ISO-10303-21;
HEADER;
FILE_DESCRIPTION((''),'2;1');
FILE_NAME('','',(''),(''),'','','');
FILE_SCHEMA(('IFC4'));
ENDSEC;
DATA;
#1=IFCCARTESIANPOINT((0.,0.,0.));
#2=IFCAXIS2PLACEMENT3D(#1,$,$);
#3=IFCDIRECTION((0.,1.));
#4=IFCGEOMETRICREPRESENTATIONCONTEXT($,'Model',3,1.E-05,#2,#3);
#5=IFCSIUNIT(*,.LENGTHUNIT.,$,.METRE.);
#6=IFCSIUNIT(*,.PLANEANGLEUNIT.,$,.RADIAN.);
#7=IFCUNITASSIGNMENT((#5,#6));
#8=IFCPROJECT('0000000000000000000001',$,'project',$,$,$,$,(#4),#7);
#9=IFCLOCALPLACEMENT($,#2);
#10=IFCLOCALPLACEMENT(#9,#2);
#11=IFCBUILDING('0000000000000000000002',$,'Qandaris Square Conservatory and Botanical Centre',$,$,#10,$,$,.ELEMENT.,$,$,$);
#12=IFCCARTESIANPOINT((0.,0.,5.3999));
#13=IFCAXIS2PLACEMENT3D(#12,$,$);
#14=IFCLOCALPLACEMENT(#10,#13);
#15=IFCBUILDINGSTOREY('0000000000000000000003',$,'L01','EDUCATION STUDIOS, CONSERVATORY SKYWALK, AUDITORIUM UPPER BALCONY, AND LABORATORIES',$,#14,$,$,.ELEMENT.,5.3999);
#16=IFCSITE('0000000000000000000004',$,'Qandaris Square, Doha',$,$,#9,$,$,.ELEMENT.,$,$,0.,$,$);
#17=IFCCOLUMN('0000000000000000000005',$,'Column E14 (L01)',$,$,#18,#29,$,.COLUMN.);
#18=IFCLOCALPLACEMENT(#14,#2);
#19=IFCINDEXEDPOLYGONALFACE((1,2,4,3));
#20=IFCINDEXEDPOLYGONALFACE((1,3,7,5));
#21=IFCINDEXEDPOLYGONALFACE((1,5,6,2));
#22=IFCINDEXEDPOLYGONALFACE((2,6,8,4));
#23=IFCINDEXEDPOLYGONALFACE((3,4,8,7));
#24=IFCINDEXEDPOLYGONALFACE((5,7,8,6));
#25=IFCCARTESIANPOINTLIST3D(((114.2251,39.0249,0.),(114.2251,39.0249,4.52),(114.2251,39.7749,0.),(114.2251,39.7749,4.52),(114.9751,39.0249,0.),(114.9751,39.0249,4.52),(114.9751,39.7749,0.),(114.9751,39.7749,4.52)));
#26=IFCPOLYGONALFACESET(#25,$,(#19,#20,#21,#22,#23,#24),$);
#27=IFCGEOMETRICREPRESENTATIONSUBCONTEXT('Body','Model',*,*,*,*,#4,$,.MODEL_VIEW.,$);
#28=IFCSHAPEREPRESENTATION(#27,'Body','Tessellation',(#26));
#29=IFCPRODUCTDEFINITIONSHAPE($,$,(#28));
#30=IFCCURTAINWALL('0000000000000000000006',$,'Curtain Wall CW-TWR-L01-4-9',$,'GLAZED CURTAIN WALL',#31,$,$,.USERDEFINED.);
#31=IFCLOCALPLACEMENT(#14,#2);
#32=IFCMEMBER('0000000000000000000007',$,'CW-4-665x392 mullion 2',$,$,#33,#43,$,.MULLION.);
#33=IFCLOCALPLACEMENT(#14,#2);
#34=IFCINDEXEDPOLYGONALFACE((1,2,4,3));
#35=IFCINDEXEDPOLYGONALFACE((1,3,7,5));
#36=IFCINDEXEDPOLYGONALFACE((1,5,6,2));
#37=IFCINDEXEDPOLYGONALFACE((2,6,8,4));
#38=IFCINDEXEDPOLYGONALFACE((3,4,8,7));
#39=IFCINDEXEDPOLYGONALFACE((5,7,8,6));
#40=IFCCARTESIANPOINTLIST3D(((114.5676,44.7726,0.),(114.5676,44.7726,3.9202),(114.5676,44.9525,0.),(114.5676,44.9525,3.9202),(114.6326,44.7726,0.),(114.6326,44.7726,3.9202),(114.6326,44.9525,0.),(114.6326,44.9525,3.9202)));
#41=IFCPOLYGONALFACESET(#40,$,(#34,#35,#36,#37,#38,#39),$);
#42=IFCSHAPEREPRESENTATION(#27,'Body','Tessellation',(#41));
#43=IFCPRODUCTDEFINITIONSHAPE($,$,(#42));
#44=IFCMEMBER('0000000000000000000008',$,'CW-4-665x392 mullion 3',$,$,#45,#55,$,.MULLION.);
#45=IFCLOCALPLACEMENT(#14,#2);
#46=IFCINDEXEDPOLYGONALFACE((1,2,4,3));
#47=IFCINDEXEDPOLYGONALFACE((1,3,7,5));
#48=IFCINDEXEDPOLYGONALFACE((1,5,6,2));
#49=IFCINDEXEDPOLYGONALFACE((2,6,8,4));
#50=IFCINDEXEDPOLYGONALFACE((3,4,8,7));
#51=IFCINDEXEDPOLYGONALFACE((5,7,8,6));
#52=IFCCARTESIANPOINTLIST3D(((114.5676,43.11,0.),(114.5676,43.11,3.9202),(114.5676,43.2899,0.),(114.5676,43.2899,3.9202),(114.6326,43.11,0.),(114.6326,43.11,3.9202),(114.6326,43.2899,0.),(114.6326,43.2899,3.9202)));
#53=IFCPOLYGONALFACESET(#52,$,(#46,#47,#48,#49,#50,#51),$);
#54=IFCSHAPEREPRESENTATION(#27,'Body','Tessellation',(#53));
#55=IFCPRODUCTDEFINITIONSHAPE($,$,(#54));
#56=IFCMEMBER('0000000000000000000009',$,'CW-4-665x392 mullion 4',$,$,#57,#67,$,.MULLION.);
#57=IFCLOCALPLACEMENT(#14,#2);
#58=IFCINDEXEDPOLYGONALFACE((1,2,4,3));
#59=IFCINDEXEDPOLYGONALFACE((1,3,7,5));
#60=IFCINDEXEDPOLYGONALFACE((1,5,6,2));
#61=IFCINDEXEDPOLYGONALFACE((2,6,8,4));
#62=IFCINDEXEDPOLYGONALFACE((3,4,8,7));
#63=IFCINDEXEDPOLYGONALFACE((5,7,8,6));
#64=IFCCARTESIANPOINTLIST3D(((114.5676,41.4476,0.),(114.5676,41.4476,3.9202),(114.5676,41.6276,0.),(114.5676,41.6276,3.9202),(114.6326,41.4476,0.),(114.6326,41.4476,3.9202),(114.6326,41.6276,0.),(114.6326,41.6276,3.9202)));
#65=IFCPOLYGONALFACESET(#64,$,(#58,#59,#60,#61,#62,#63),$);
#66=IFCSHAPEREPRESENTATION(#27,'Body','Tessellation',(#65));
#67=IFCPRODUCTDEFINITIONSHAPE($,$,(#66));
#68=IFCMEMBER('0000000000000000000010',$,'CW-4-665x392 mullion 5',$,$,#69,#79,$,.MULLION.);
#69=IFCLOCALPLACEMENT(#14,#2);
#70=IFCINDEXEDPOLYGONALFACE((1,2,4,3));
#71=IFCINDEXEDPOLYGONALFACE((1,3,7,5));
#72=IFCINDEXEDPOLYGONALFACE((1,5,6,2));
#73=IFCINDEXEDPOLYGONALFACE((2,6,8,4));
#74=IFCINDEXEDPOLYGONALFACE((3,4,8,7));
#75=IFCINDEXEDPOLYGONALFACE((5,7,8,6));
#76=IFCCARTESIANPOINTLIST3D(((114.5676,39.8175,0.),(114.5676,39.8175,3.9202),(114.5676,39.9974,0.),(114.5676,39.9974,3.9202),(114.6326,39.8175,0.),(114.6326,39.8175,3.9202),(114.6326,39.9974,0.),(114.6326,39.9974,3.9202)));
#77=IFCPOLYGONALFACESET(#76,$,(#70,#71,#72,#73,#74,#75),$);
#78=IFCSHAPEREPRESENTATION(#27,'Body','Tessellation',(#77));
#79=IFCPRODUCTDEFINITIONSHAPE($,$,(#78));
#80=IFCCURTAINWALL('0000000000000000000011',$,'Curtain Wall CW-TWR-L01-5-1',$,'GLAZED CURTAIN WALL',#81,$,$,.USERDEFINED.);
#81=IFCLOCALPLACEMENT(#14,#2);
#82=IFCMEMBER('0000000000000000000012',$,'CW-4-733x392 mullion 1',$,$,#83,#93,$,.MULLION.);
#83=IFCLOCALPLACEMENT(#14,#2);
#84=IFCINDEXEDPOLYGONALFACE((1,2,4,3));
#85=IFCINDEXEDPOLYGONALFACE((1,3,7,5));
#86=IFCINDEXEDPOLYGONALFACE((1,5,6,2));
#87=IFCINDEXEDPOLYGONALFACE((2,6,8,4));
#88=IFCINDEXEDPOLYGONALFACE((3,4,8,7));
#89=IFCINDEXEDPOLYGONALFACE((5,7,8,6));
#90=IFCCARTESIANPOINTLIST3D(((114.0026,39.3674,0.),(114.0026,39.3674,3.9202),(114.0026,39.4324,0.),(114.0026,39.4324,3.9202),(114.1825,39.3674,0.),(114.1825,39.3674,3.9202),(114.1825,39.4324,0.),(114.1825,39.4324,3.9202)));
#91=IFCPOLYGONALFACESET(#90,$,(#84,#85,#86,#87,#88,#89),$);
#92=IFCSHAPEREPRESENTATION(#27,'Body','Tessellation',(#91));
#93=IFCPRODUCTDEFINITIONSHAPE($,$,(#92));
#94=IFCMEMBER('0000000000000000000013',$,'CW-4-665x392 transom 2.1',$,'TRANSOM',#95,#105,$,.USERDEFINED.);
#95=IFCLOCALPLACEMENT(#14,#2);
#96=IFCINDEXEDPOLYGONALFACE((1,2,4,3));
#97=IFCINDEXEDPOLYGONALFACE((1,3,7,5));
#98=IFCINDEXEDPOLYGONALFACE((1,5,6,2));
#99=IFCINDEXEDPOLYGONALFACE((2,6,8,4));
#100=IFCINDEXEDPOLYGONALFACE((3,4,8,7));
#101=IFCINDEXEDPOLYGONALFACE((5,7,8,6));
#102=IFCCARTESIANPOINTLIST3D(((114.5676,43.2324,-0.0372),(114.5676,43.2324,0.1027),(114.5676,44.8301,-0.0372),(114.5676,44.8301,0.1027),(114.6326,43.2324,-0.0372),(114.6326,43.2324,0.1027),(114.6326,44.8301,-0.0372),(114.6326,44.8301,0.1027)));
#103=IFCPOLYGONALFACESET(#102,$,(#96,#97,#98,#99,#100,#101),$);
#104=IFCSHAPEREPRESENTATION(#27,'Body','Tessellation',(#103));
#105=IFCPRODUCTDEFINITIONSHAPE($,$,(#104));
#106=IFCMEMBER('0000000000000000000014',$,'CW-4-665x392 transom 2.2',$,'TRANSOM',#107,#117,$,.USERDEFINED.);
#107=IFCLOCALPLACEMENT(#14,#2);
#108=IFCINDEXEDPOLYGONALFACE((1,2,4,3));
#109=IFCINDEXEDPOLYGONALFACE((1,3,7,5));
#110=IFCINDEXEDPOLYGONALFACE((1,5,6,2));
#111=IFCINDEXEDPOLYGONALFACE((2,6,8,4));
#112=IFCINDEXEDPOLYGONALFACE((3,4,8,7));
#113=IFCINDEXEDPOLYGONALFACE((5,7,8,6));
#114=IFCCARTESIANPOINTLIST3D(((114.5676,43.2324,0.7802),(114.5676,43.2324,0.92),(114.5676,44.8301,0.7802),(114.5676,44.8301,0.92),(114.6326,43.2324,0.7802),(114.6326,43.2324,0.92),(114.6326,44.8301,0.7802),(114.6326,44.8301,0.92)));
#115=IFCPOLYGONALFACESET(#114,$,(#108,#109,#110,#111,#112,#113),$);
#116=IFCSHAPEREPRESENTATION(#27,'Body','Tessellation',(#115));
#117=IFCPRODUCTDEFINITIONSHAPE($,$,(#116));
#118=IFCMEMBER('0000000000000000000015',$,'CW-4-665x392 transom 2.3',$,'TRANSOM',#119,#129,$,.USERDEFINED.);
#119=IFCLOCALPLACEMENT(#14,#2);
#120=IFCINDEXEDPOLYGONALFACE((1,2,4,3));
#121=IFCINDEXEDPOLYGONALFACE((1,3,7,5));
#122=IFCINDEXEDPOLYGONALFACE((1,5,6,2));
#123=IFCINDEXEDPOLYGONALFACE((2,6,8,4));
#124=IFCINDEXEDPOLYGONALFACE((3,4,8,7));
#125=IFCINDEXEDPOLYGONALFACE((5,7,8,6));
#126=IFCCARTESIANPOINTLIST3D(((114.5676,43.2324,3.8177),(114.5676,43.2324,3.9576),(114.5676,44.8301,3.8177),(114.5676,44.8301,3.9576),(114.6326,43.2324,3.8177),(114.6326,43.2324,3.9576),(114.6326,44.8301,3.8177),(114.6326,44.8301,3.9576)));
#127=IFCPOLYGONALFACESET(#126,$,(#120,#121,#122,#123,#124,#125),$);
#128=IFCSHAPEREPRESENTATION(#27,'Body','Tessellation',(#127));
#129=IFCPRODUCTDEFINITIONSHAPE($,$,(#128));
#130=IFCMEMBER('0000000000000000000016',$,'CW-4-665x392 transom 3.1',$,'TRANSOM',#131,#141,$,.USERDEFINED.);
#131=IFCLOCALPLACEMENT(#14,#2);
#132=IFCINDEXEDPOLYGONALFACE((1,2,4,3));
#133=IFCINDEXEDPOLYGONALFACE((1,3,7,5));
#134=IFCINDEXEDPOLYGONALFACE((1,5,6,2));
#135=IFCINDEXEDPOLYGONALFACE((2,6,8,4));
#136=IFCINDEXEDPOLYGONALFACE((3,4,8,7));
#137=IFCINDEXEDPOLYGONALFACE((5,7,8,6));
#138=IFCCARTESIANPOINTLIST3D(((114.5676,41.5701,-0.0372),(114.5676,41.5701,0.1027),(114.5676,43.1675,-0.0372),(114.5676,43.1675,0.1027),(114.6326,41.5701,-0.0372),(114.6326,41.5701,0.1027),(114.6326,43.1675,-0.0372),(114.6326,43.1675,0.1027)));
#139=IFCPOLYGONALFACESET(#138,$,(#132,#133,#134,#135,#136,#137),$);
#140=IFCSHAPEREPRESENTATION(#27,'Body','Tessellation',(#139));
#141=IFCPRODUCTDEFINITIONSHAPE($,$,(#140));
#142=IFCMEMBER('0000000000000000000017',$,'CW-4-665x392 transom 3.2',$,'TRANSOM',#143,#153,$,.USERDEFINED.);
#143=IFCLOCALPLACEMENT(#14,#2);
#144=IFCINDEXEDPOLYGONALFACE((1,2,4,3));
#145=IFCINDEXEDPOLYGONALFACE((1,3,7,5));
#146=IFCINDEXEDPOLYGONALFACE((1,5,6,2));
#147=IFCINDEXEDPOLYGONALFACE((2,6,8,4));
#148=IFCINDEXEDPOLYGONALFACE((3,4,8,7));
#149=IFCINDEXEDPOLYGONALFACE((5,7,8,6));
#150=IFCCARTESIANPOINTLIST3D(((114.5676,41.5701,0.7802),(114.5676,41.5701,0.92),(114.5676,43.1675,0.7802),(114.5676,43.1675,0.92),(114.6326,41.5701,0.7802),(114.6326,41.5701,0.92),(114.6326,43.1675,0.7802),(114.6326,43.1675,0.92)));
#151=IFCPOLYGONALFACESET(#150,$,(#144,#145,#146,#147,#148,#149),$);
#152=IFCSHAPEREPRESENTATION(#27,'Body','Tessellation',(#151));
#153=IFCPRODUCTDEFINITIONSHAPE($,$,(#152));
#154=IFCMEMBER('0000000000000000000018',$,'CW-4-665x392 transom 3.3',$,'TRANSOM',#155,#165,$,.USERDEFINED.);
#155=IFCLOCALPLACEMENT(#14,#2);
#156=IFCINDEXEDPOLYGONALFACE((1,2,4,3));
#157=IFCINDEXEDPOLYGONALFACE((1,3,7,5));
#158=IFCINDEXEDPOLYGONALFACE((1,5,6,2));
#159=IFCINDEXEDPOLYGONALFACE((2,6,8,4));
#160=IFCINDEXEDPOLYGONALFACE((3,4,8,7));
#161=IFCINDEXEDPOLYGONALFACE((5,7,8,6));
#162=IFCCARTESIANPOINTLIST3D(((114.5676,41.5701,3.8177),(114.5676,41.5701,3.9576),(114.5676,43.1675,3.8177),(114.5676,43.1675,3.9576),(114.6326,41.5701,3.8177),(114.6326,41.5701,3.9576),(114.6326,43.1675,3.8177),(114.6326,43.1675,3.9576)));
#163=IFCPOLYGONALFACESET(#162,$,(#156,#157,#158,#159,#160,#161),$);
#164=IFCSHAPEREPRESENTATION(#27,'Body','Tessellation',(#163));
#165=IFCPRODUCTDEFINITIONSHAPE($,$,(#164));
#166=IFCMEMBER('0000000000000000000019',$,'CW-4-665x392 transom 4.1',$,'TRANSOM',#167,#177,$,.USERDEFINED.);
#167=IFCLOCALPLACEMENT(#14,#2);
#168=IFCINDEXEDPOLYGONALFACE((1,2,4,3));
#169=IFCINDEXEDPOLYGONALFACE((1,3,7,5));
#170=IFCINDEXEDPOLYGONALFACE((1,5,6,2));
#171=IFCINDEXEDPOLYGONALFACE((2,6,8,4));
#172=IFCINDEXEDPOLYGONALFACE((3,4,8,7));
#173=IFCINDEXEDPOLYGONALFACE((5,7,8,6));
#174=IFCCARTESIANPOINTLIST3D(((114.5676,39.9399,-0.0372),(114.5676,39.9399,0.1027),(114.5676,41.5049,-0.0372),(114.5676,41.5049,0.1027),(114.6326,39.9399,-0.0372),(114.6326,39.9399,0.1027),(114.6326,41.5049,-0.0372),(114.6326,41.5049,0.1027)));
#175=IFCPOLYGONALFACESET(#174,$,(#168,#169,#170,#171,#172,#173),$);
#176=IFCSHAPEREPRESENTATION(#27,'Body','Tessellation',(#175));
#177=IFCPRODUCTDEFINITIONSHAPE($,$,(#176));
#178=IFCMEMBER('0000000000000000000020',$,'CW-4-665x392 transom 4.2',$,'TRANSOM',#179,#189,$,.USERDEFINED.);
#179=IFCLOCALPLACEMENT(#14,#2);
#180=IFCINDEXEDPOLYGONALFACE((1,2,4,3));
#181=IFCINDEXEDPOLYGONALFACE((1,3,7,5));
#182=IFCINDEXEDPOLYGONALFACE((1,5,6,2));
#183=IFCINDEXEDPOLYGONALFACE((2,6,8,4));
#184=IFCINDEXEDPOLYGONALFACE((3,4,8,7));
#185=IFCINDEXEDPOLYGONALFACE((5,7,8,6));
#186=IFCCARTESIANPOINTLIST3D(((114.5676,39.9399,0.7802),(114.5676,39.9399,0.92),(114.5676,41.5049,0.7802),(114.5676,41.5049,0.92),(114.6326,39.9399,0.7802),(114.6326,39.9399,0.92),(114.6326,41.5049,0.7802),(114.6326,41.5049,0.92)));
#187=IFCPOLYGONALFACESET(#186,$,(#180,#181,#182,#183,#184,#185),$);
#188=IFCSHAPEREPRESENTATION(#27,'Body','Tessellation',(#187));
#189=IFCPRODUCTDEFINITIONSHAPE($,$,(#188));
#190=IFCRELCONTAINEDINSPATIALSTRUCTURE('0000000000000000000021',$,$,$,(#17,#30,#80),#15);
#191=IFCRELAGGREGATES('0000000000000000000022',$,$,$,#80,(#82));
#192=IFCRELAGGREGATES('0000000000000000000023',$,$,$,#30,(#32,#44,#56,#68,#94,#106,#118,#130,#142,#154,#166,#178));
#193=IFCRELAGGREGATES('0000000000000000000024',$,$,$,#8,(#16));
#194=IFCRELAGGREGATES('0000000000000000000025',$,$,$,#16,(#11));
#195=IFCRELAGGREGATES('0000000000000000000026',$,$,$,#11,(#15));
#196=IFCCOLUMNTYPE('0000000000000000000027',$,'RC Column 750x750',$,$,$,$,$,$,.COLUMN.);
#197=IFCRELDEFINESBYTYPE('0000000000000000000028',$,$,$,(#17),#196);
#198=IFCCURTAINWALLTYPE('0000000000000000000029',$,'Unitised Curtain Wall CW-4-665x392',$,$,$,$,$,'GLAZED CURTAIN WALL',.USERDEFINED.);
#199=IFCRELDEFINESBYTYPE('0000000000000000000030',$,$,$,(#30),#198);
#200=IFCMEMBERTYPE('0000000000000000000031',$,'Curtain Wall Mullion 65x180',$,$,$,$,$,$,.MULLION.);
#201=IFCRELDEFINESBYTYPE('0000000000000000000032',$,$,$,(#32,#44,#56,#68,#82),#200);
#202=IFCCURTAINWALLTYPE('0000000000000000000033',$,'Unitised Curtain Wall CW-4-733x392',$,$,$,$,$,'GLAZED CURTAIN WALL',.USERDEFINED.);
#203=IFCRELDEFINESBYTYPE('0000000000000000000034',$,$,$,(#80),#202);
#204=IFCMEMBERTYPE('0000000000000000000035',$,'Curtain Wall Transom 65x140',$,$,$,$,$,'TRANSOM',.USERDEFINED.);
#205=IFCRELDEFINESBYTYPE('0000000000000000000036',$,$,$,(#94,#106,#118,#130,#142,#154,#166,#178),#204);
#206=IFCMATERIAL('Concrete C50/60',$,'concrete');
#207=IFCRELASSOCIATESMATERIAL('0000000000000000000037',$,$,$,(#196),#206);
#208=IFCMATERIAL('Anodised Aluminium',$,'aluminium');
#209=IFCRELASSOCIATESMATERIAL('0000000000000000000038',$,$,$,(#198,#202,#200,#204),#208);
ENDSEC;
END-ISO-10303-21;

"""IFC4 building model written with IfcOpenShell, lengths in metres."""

from ifc_helpers import new_model, si_unit, direction, frame, origin, origin_2d, place, context, subcontext, project, spatial, rectangle, extrude, material, material_profile, profile_set, type_object, element, aggregate, save


model = new_model("IFC4")

# Units and contexts
model_context = context("Model", 3, precision=1e-05, world=origin(), true_north=direction((0.0, 1.0)))
body_context = subcontext(model_context, "Body", "Model", "MODEL_VIEW")
ifc_project = project(units=[si_unit("LENGTHUNIT", "METRE"), si_unit("PLANEANGLEUNIT", "RADIAN")], contexts=[model_context])

# Site, building, storey
site_placement = place(None, origin())
site = spatial("IfcSite", under=ifc_project, at=site_placement, Name="Qandaris Square, Doha", CompositionType="ELEMENT", RefElevation=0.0)
building_placement = place(site_placement, origin())
building = spatial("IfcBuilding", under=site, at=building_placement, Name="Qandaris Square Conservatory and Botanical Centre", CompositionType="ELEMENT")
storey_placement = place(building_placement, frame((0.0, 0.0, 5.3999)))
storey = spatial("IfcBuildingStorey", under=building, at=storey_placement, Name="L01", Description="EDUCATION STUDIOS, CONSERVATORY SKYWALK, AUDITORIUM UPPER BALCONY, AND LABORATORIES", CompositionType="ELEMENT", Elevation=5.3999)

# Column
ifc_material_1 = material(Name="Concrete C50/60", Category="concrete")
ifc_material_profile_1 = material_profile(ifc_material_1, rectangle(XDim=0.75, YDim=0.75, at=origin_2d()), Name="RC-COL 750x750")
ifc_profile_set_1 = profile_set([ifc_material_profile_1], Name="Concrete C50/60")
column_type = type_object("IfcColumnType", Name="RC Column 750x750", PredefinedType="COLUMN", material=ifc_profile_set_1)
column_placement = place(storey_placement, frame((114.6001, 39.3999, 0.0), z_axis=(0.0, 0.0, 1.0), x_axis=(1.0, 0.0, 0.0)))
element("IfcColumn", 1, at=column_placement, inside=storey, type_object=column_type, Name="Column E14 (L01)", PredefinedType="COLUMN", context=body_context, shape_type="SweptSolid", body=[
    extrude(rectangle(XDim=0.75, YDim=0.75, at=origin_2d()), origin(), (0.0, 0.0, 1.0), 4.52),
])

# Curtain wall, members
ifc_material_2 = material(Name="Anodised Aluminium", Category="aluminium")
curtain_wall_type_1 = type_object("IfcCurtainWallType", Name="Unitised Curtain Wall CW-4-665x392", ElementType="GLAZED CURTAIN WALL", PredefinedType="USERDEFINED", material=ifc_material_2)
curtain_wall_1_placement = place(storey_placement, origin())
curtain_wall_1 = element("IfcCurtainWall", 2, at=curtain_wall_1_placement, inside=storey, type_object=curtain_wall_type_1, Name="Curtain Wall CW-TWR-L01-4-9", ObjectType="GLAZED CURTAIN WALL", PredefinedType="USERDEFINED")
ifc_material_profile_2 = material_profile(ifc_material_2, rectangle(XDim=0.0649, YDim=0.1799, at=origin_2d()), Name="ALU-MUL 65x180")
ifc_profile_set_2 = profile_set([ifc_material_profile_2], Name="Anodised Aluminium")
member_type_1 = type_object("IfcMemberType", Name="Curtain Wall Mullion 65x180", PredefinedType="MULLION", material=ifc_profile_set_2)
member_1_placement = place(storey_placement, frame((114.6001, 44.8625, 0.0), z_axis=(0.0, 0.0, 1.0), x_axis=(1.0, 0.0, 0.0)))
member_1 = element("IfcMember", 3, at=member_1_placement, type_object=member_type_1, Name="CW-4-665x392 mullion 2", PredefinedType="MULLION", context=body_context, shape_type="SweptSolid", body=[
    extrude(rectangle(XDim=0.0649, YDim=0.1799, at=origin_2d()), origin(), (0.0, 0.0, 1.0), 3.9202),
])
member_2_placement = place(storey_placement, frame((114.6001, 43.2, 0.0), z_axis=(0.0, 0.0, 1.0), x_axis=(1.0, 0.0, 0.0)))
member_2 = element("IfcMember", 4, at=member_2_placement, type_object=member_type_1, Name="CW-4-665x392 mullion 3", PredefinedType="MULLION", context=body_context, shape_type="SweptSolid", body=[
    extrude(rectangle(XDim=0.0649, YDim=0.1799, at=origin_2d()), origin(), (0.0, 0.0, 1.0), 3.9202),
])
member_3_placement = place(storey_placement, frame((114.6001, 41.5376, 0.0), z_axis=(0.0, 0.0, 1.0), x_axis=(1.0, 0.0, 0.0)))
member_3 = element("IfcMember", 5, at=member_3_placement, type_object=member_type_1, Name="CW-4-665x392 mullion 4", PredefinedType="MULLION", context=body_context, shape_type="SweptSolid", body=[
    extrude(rectangle(XDim=0.0649, YDim=0.1799, at=origin_2d()), origin(), (0.0, 0.0, 1.0), 3.9202),
])
member_4_placement = place(storey_placement, frame((114.6001, 39.9075, 0.0), z_axis=(0.0, 0.0, 1.0), x_axis=(1.0, 0.0, 0.0)))
member_4 = element("IfcMember", 6, at=member_4_placement, type_object=member_type_1, Name="CW-4-665x392 mullion 5", PredefinedType="MULLION", context=body_context, shape_type="SweptSolid", body=[
    extrude(rectangle(XDim=0.0649, YDim=0.1799, at=origin_2d()), origin(), (0.0, 0.0, 1.0), 3.9202),
])

# Curtain wall, member
curtain_wall_type_2 = type_object("IfcCurtainWallType", Name="Unitised Curtain Wall CW-4-733x392", ElementType="GLAZED CURTAIN WALL", PredefinedType="USERDEFINED", material=ifc_material_2)
curtain_wall_2_placement = place(storey_placement, origin())
curtain_wall_2 = element("IfcCurtainWall", 7, at=curtain_wall_2_placement, inside=storey, type_object=curtain_wall_type_2, Name="Curtain Wall CW-TWR-L01-5-1", ObjectType="GLAZED CURTAIN WALL", PredefinedType="USERDEFINED")
member_5_placement = place(storey_placement, frame((114.0925, 39.3999, 0.0), z_axis=(0.0, 0.0, 1.0), x_axis=(0.0, -1.0, 0.0)))
member_5 = element("IfcMember", 8, at=member_5_placement, type_object=member_type_1, Name="CW-4-733x392 mullion 1", PredefinedType="MULLION", context=body_context, shape_type="SweptSolid", body=[
    extrude(rectangle(XDim=0.0649, YDim=0.1799, at=origin_2d()), origin(), (0.0, 0.0, 1.0), 3.9202),
])
aggregate(curtain_wall_2, [member_5])

# Members
ifc_material_profile_3 = material_profile(ifc_material_2, rectangle(XDim=0.0649, YDim=0.1399, at=origin_2d()), Name="ALU-TRN 65x140")
ifc_profile_set_3 = profile_set([ifc_material_profile_3], Name="Anodised Aluminium")
member_type_2 = type_object("IfcMemberType", Name="Curtain Wall Transom 65x140", ElementType="TRANSOM", PredefinedType="USERDEFINED", material=ifc_profile_set_3)
member_6_placement = place(storey_placement, frame((114.6001, 44.8301, 0.0327), z_axis=(0.0, -1.0, 0.0), x_axis=(1.0, 0.0, 0.0)))
member_6 = element("IfcMember", 9, at=member_6_placement, type_object=member_type_2, Name="CW-4-665x392 transom 2.1", ObjectType="TRANSOM", PredefinedType="USERDEFINED", context=body_context, shape_type="SweptSolid", body=[
    extrude(rectangle(XDim=0.0649, YDim=0.1399, at=origin_2d()), origin(), (0.0, 0.0, 1.0), 1.5977),
])
member_7_placement = place(storey_placement, frame((114.6001, 44.8301, 0.8501), z_axis=(0.0, -1.0, 0.0), x_axis=(1.0, 0.0, 0.0)))
member_7 = element("IfcMember", 10, at=member_7_placement, type_object=member_type_2, Name="CW-4-665x392 transom 2.2", ObjectType="TRANSOM", PredefinedType="USERDEFINED", context=body_context, shape_type="SweptSolid", body=[
    extrude(rectangle(XDim=0.0649, YDim=0.1399, at=origin_2d()), origin(), (0.0, 0.0, 1.0), 1.5977),
])
member_8_placement = place(storey_placement, frame((114.6001, 44.8301, 3.8877), z_axis=(0.0, -1.0, 0.0), x_axis=(1.0, 0.0, 0.0)))
member_8 = element("IfcMember", 11, at=member_8_placement, type_object=member_type_2, Name="CW-4-665x392 transom 2.3", ObjectType="TRANSOM", PredefinedType="USERDEFINED", context=body_context, shape_type="SweptSolid", body=[
    extrude(rectangle(XDim=0.0649, YDim=0.1399, at=origin_2d()), origin(), (0.0, 0.0, 1.0), 1.5977),
])
member_9_placement = place(storey_placement, frame((114.6001, 43.1675, 0.0327), z_axis=(0.0, -1.0, 0.0), x_axis=(1.0, 0.0, 0.0)))
member_9 = element("IfcMember", 12, at=member_9_placement, type_object=member_type_2, Name="CW-4-665x392 transom 3.1", ObjectType="TRANSOM", PredefinedType="USERDEFINED", context=body_context, shape_type="SweptSolid", body=[
    extrude(rectangle(XDim=0.0649, YDim=0.1399, at=origin_2d()), origin(), (0.0, 0.0, 1.0), 1.5974),
])
member_10_placement = place(storey_placement, frame((114.6001, 43.1675, 0.8501), z_axis=(0.0, -1.0, 0.0), x_axis=(1.0, 0.0, 0.0)))
member_10 = element("IfcMember", 13, at=member_10_placement, type_object=member_type_2, Name="CW-4-665x392 transom 3.2", ObjectType="TRANSOM", PredefinedType="USERDEFINED", context=body_context, shape_type="SweptSolid", body=[
    extrude(rectangle(XDim=0.0649, YDim=0.1399, at=origin_2d()), origin(), (0.0, 0.0, 1.0), 1.5974),
])
member_11_placement = place(storey_placement, frame((114.6001, 43.1675, 3.8877), z_axis=(0.0, -1.0, 0.0), x_axis=(1.0, 0.0, 0.0)))
member_11 = element("IfcMember", 14, at=member_11_placement, type_object=member_type_2, Name="CW-4-665x392 transom 3.3", ObjectType="TRANSOM", PredefinedType="USERDEFINED", context=body_context, shape_type="SweptSolid", body=[
    extrude(rectangle(XDim=0.0649, YDim=0.1399, at=origin_2d()), origin(), (0.0, 0.0, 1.0), 1.5974),
])
member_12_placement = place(storey_placement, frame((114.6001, 41.5049, 0.0327), z_axis=(0.0, -1.0, 0.0), x_axis=(1.0, 0.0, 0.0)))
member_12 = element("IfcMember", 15, at=member_12_placement, type_object=member_type_2, Name="CW-4-665x392 transom 4.1", ObjectType="TRANSOM", PredefinedType="USERDEFINED", context=body_context, shape_type="SweptSolid", body=[
    extrude(rectangle(XDim=0.0649, YDim=0.1399, at=origin_2d()), origin(), (0.0, 0.0, 1.0), 1.5649),
])
member_13_placement = place(storey_placement, frame((114.6001, 41.5049, 0.8501), z_axis=(0.0, -1.0, 0.0), x_axis=(1.0, 0.0, 0.0)))
member_13 = element("IfcMember", 16, at=member_13_placement, type_object=member_type_2, Name="CW-4-665x392 transom 4.2", ObjectType="TRANSOM", PredefinedType="USERDEFINED", context=body_context, shape_type="SweptSolid", body=[
    extrude(rectangle(XDim=0.0649, YDim=0.1399, at=origin_2d()), origin(), (0.0, 0.0, 1.0), 1.5649),
])

aggregate(curtain_wall_1, [member_1, member_2, member_3, member_4, member_6, member_7, member_8, member_9, member_10, member_11, member_12, member_13])

save(model, "model.ifc")
